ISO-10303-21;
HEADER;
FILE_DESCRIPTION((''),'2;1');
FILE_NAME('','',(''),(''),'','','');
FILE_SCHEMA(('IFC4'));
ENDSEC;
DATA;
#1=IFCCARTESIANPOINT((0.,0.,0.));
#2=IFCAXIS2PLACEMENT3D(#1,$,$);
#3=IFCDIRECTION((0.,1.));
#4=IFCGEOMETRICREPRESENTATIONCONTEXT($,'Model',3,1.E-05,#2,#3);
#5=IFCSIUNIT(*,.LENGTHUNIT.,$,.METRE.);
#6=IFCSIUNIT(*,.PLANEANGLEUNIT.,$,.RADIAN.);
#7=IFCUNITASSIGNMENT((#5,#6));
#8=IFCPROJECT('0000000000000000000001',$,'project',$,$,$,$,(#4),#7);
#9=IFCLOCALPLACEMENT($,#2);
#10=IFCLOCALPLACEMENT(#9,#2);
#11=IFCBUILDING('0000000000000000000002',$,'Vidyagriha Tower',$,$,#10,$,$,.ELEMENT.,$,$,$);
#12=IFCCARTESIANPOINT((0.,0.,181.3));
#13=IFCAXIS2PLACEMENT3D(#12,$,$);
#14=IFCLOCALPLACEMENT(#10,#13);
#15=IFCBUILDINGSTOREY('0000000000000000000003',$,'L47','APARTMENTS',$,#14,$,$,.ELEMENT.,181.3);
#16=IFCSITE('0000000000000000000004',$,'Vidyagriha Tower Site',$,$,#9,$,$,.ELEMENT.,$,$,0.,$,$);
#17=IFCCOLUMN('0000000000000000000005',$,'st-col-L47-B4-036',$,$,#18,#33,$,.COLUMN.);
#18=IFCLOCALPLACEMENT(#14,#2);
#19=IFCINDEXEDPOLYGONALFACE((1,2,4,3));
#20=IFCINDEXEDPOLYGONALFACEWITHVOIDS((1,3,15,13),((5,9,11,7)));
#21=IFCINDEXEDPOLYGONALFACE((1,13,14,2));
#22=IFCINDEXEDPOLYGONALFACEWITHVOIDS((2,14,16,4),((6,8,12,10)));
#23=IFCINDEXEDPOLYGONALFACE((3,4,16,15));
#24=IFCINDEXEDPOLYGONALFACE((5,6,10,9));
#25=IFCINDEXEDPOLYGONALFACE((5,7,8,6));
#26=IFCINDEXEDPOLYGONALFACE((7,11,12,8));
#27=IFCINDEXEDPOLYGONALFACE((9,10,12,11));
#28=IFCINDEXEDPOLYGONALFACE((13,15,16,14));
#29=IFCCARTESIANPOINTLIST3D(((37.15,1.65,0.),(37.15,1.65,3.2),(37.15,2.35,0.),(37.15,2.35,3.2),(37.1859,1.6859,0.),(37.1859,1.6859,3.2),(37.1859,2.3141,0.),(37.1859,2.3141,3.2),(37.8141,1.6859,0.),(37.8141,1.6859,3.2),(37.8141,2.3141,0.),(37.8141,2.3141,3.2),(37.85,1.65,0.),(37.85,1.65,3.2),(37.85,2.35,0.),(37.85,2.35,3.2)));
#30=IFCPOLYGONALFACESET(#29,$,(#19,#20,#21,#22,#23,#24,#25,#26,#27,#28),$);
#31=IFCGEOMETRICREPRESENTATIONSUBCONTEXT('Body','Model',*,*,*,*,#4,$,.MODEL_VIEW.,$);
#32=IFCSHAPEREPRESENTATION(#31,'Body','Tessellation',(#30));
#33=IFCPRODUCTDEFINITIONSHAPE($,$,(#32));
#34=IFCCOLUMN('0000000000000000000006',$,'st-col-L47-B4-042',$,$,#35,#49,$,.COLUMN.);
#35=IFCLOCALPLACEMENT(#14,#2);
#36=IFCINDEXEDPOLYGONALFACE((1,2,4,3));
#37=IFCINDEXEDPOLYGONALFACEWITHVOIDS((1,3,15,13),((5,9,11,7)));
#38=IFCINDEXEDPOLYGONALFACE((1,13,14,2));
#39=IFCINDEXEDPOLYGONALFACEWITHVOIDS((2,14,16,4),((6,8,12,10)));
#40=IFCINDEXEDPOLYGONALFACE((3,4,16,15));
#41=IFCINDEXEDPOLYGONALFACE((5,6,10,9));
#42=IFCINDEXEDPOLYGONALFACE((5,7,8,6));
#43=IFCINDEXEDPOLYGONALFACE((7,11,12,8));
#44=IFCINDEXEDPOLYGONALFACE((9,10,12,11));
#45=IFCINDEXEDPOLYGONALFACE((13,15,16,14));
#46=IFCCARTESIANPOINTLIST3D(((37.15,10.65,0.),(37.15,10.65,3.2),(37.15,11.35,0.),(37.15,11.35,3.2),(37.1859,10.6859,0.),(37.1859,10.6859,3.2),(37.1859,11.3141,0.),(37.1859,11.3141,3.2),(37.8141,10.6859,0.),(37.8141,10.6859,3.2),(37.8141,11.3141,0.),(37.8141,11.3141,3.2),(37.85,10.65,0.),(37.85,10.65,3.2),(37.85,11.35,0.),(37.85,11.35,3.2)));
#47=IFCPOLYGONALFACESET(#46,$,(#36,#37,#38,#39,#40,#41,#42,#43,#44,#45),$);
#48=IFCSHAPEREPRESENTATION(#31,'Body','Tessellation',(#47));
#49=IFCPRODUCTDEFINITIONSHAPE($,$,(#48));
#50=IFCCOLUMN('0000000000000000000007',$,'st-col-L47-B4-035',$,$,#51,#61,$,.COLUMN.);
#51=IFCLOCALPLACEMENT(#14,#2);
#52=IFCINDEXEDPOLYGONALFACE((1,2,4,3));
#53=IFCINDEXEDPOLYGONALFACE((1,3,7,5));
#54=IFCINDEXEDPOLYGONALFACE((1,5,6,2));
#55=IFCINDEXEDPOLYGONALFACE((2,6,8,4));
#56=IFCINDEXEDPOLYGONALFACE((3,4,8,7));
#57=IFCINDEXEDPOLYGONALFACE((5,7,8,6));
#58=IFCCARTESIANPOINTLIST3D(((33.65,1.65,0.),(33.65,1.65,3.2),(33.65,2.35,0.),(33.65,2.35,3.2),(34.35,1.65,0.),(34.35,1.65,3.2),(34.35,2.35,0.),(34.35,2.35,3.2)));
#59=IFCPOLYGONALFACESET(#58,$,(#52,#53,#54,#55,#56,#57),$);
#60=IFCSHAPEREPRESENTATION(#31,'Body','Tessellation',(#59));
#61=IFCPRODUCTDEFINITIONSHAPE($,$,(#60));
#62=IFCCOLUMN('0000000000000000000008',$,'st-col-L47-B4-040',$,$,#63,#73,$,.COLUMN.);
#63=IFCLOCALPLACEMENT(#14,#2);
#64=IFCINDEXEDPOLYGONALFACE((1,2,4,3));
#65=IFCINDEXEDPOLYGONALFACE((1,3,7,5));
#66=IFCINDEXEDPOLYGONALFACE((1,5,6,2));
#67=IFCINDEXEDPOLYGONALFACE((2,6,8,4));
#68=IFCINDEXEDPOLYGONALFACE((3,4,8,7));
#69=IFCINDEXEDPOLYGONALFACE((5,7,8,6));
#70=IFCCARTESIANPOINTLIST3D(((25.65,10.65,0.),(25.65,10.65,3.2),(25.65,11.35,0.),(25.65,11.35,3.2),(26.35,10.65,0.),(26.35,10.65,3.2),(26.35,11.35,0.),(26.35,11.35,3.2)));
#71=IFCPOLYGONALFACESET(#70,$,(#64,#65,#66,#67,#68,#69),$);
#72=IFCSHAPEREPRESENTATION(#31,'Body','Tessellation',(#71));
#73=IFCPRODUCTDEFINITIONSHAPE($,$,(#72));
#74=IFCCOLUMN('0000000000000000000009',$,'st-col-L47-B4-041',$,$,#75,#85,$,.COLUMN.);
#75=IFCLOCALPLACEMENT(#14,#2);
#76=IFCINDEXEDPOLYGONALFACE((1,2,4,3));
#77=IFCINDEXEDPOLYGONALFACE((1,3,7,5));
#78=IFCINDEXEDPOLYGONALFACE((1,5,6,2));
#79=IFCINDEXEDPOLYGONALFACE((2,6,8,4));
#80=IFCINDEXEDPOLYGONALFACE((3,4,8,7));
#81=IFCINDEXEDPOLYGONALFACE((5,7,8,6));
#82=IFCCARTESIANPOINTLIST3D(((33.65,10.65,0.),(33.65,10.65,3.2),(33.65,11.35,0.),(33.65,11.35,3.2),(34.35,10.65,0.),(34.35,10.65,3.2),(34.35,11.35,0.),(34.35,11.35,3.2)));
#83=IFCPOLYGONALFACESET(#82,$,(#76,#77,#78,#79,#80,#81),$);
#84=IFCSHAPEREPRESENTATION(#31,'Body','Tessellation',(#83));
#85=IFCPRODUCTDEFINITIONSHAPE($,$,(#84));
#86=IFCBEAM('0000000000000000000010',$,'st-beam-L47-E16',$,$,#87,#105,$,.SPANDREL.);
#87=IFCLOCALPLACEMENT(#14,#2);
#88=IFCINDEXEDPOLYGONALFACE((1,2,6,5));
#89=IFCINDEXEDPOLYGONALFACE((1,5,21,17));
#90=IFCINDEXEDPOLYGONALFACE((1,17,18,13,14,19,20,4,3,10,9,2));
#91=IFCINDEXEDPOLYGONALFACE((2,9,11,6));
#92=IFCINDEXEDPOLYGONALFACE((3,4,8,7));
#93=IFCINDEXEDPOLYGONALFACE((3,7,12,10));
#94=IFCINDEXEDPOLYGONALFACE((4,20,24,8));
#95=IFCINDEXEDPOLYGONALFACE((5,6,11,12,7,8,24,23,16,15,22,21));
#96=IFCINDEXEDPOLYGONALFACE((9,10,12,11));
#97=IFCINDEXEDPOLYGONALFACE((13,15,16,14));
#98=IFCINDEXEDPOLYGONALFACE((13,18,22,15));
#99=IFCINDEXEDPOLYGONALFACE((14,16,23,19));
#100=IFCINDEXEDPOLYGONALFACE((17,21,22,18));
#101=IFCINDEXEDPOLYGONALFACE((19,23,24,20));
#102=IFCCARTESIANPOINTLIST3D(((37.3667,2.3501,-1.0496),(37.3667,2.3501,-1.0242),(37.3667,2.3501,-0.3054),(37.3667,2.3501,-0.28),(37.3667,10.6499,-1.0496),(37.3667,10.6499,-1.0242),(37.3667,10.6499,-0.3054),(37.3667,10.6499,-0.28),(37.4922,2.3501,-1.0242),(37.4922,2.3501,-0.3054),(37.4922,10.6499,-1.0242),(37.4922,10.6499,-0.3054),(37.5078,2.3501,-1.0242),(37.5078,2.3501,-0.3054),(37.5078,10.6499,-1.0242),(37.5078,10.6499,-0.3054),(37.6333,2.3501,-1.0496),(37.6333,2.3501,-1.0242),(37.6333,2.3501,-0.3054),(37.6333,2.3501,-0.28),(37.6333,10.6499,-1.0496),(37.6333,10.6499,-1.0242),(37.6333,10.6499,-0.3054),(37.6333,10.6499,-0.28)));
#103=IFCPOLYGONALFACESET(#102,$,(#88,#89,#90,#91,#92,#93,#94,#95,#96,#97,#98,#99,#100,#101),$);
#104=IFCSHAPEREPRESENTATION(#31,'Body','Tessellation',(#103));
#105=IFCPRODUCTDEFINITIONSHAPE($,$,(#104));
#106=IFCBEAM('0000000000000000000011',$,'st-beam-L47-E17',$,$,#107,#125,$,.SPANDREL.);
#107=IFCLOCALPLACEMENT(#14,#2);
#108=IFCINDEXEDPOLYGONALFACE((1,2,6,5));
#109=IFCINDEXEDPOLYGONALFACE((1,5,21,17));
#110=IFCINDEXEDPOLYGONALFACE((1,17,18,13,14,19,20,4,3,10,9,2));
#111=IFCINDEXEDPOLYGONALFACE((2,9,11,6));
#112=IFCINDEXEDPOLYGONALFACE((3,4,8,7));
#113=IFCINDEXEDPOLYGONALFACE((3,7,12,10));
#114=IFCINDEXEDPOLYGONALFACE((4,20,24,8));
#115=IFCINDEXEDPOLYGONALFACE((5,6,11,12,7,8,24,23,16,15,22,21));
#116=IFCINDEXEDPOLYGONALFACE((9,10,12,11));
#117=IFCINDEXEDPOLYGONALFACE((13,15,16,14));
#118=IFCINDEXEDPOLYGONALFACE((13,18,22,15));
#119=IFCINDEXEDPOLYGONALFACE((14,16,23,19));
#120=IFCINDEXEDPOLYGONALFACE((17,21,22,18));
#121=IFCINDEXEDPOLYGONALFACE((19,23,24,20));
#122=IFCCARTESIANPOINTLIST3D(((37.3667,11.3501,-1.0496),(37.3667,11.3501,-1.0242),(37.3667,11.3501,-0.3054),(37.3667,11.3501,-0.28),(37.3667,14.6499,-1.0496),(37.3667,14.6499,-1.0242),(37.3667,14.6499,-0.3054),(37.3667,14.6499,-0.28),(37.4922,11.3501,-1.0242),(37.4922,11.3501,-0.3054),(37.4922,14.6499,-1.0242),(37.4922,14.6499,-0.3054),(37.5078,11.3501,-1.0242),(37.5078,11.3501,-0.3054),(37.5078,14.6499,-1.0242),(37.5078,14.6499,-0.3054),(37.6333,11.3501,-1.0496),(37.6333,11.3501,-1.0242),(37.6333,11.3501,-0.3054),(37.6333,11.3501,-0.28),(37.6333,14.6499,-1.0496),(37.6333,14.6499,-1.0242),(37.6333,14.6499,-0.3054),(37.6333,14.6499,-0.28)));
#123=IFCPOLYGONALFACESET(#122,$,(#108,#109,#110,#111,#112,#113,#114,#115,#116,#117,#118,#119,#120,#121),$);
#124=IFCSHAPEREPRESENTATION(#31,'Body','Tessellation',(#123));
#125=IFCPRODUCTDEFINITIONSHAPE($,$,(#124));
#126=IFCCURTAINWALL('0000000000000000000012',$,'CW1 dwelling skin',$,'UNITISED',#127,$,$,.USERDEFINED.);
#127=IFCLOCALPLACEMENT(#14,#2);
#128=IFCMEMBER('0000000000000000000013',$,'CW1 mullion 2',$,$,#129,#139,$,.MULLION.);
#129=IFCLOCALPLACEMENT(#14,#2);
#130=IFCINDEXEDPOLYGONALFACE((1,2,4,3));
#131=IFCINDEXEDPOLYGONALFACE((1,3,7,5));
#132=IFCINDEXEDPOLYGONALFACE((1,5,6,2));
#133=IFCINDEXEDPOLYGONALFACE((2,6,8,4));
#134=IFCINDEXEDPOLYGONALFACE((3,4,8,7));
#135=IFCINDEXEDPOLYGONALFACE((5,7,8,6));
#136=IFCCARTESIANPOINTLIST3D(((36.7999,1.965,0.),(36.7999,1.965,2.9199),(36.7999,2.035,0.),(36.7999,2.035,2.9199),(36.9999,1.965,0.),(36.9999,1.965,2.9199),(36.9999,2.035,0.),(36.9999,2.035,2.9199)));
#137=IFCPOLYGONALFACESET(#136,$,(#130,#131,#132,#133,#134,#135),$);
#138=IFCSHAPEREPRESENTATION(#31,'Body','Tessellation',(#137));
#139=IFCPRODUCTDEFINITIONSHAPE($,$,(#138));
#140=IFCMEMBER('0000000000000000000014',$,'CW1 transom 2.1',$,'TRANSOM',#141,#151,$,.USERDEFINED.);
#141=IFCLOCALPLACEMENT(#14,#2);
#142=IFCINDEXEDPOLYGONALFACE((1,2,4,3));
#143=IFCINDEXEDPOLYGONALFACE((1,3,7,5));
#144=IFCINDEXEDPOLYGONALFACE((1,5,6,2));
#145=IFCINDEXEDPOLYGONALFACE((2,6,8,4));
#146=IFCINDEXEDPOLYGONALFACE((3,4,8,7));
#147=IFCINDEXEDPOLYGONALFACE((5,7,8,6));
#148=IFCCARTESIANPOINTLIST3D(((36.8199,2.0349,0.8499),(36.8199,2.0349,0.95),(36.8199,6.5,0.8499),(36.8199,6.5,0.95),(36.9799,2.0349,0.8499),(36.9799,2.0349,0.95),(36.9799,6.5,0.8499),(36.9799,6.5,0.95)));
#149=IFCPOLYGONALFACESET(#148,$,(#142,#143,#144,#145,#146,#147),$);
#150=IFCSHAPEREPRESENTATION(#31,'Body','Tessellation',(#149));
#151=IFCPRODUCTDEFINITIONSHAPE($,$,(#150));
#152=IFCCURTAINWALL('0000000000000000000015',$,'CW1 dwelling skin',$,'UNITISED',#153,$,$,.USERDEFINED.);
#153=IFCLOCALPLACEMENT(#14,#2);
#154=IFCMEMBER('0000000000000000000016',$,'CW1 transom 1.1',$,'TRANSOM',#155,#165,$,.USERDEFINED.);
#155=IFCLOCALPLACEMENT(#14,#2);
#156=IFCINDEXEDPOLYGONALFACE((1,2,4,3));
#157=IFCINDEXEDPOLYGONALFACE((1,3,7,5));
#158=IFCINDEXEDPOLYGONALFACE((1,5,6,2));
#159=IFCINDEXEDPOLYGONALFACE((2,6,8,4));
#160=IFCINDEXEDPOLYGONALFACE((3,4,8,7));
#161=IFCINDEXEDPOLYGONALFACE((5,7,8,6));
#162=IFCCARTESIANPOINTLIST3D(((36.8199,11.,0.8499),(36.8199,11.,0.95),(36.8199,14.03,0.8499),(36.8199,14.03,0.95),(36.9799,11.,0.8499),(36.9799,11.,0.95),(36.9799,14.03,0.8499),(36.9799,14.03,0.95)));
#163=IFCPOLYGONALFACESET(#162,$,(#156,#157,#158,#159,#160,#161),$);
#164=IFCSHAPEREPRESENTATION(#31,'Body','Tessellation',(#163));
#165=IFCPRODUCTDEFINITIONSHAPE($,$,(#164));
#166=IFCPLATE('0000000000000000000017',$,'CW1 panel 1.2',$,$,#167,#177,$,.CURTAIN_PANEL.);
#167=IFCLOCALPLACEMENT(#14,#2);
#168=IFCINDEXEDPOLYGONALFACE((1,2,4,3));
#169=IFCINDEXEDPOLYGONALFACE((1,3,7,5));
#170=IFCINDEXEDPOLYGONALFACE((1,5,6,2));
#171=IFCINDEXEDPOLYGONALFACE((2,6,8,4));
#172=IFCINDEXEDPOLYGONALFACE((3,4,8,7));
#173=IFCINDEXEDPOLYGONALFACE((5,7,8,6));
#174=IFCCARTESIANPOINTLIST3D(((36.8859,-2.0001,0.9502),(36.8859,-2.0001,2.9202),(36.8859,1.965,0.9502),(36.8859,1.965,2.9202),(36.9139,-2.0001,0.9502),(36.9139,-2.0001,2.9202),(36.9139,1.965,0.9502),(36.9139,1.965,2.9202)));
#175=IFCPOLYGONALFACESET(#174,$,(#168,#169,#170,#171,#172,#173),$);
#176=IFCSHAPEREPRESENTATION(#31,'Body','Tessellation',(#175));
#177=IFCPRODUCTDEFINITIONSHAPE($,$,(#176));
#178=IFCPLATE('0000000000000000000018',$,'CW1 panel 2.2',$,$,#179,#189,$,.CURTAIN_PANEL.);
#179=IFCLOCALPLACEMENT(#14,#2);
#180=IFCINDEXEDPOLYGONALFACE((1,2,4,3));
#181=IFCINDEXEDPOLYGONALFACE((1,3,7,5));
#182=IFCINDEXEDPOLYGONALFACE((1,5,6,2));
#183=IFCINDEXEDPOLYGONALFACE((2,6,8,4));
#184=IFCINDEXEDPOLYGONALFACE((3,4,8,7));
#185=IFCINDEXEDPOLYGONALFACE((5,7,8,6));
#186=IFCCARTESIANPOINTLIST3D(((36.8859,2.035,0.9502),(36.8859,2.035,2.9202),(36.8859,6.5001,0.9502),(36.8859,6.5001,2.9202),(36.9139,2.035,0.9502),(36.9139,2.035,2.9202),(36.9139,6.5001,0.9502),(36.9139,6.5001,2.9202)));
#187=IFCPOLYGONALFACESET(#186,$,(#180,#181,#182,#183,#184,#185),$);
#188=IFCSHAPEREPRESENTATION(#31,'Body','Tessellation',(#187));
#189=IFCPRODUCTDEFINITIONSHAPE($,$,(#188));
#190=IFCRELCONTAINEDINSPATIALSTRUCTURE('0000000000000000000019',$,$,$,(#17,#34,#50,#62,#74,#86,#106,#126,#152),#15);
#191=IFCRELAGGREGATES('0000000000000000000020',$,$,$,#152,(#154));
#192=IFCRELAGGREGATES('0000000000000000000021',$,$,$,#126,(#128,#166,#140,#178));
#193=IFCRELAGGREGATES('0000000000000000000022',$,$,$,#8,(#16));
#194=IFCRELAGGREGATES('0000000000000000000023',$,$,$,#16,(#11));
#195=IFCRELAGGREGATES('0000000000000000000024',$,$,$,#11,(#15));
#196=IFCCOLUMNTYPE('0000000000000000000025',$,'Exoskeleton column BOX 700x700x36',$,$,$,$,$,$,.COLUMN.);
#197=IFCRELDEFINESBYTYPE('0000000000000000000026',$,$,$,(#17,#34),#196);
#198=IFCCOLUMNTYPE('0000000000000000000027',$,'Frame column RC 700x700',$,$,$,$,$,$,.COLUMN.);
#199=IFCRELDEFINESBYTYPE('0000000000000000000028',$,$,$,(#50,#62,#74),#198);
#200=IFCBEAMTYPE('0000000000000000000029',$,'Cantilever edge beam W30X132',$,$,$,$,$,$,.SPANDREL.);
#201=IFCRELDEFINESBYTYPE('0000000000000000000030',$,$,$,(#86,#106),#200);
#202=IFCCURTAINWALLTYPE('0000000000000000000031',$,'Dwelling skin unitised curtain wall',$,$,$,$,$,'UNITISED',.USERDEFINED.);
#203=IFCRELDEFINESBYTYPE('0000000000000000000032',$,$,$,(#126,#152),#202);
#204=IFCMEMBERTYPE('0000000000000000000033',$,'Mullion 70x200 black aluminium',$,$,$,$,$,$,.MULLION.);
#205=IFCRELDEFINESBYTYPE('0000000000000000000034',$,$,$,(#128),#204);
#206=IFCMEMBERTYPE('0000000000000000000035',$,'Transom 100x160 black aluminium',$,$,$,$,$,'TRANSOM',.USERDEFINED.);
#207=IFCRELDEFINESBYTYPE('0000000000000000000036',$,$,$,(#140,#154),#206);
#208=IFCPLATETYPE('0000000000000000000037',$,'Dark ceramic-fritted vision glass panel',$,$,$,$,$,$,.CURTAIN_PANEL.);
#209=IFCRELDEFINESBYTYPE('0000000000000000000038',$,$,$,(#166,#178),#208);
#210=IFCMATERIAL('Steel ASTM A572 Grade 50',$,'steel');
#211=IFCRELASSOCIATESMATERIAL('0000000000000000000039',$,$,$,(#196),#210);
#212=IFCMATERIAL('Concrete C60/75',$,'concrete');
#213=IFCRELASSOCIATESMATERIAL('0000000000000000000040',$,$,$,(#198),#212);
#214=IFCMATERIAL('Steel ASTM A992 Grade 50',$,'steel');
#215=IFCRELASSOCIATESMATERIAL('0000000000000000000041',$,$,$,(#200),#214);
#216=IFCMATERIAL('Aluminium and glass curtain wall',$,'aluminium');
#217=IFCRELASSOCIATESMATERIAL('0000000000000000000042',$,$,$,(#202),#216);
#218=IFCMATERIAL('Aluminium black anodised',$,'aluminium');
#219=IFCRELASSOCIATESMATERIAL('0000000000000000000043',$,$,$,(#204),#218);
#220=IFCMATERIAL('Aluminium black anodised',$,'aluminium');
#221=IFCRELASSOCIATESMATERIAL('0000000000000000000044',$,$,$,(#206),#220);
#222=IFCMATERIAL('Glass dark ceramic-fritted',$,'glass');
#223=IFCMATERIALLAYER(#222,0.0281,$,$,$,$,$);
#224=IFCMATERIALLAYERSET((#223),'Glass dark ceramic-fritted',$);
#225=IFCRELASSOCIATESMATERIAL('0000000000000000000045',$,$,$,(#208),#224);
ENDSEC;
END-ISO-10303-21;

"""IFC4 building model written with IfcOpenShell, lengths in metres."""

from ifc_helpers import new_model, si_unit, direction, frame, origin, origin_2d, place, context, subcontext, project, spatial, rectangle, hollow_rectangle, i_section, extrude, material, layer, layer_set, material_profile, profile_set, type_object, element, aggregate, save


model = new_model("IFC4")

# Units and contexts
model_context = context("Model", 3, precision=1e-05, world=origin(), true_north=direction((0.0, 1.0)))
body_context = subcontext(model_context, "Body", "Model", "MODEL_VIEW")
ifc_project = project(units=[si_unit("LENGTHUNIT", "METRE"), si_unit("PLANEANGLEUNIT", "RADIAN")], contexts=[model_context])

# Site, building, storey
site_placement = place(None, origin())
site = spatial("IfcSite", under=ifc_project, at=site_placement, Name="Vidyagriha Tower Site", CompositionType="ELEMENT", RefElevation=0.0)
building_placement = place(site_placement, origin())
building = spatial("IfcBuilding", under=site, at=building_placement, Name="Vidyagriha Tower", CompositionType="ELEMENT")
storey_placement = place(building_placement, frame((0.0, 0.0, 181.3)))
storey = spatial("IfcBuildingStorey", under=building, at=storey_placement, Name="L47", Description="APARTMENTS", CompositionType="ELEMENT", Elevation=181.3)

# Columns
ifc_material_1 = material(Name="Steel ASTM A572 Grade 50", Category="steel")
ifc_material_profile_1 = material_profile(ifc_material_1, hollow_rectangle(XDim=0.7, YDim=0.7, WallThickness=0.0359, at=origin_2d()), Name="BOX 700x700x36")
ifc_profile_set_1 = profile_set([ifc_material_profile_1], Name="Steel ASTM A572 Grade 50")
column_type_1 = type_object("IfcColumnType", Name="Exoskeleton column BOX 700x700x36", PredefinedType="COLUMN", material=ifc_profile_set_1)
for number, where, name in (
    (1, (37.5, 2.0, 0.0), "st-col-L47-B4-036"),
    (2, (37.5, 11.0, 0.0), "st-col-L47-B4-042"),
):
    element("IfcColumn", number, at=place(storey_placement, frame(where)), inside=storey, type_object=column_type_1, Name=name, PredefinedType="COLUMN", context=body_context, shape_type="SweptSolid", body=[
        extrude(hollow_rectangle(XDim=0.7, YDim=0.7, WallThickness=0.0359, at=origin_2d()), origin(), (0.0, 0.0, 1.0), 3.2),
    ])
ifc_material_2 = material(Name="Concrete C60/75", Category="concrete")
ifc_material_profile_2 = material_profile(ifc_material_2, rectangle(XDim=0.7, YDim=0.7, at=origin_2d()), Name="RC 700x700")
ifc_profile_set_2 = profile_set([ifc_material_profile_2], Name="Concrete C60/75")
column_type_2 = type_object("IfcColumnType", Name="Frame column RC 700x700", PredefinedType="COLUMN", material=ifc_profile_set_2)
for number, where, name in (
    (3, (34.0, 2.0, 0.0), "st-col-L47-B4-035"),
    (4, (26.0, 11.0, 0.0), "st-col-L47-B4-040"),
    (5, (34.0, 11.0, 0.0), "st-col-L47-B4-041"),
):
    element("IfcColumn", number, at=place(storey_placement, frame(where)), inside=storey, type_object=column_type_2, Name=name, PredefinedType="COLUMN", context=body_context, shape_type="SweptSolid", body=[
        extrude(rectangle(XDim=0.7, YDim=0.7, at=origin_2d()), origin(), (0.0, 0.0, 1.0), 3.2),
    ])

# Beams
ifc_material_3 = material(Name="Steel ASTM A992 Grade 50", Category="steel")
ifc_material_profile_3 = material_profile(ifc_material_3, i_section(OverallWidth=0.2666, OverallDepth=0.7695, WebThickness=0.0156, FlangeThickness=0.0254, at=origin_2d()), Name="W30X132")
ifc_profile_set_3 = profile_set([ifc_material_profile_3], Name="Steel ASTM A992 Grade 50")
beam_type = type_object("IfcBeamType", Name="Cantilever edge beam W30X132", PredefinedType="SPANDREL", material=ifc_profile_set_3)
beam_1_placement = place(storey_placement, frame((37.5, 2.3501, -0.6648), z_axis=(0.0, 1.0, 0.0), x_axis=(-1.0, 0.0, 0.0)))
element("IfcBeam", 6, at=beam_1_placement, inside=storey, type_object=beam_type, Name="st-beam-L47-E16", PredefinedType="SPANDREL", context=body_context, shape_type="SweptSolid", body=[
    extrude(i_section(OverallWidth=0.2666, OverallDepth=0.7695, WebThickness=0.0156, FlangeThickness=0.0254, at=origin_2d()), origin(), (0.0, 0.0, 1.0), 8.2998),
])
beam_2_placement = place(storey_placement, frame((37.5, 11.3501, -0.6648), z_axis=(0.0, 1.0, 0.0), x_axis=(-1.0, 0.0, 0.0)))
element("IfcBeam", 7, at=beam_2_placement, inside=storey, type_object=beam_type, Name="st-beam-L47-E17", PredefinedType="SPANDREL", context=body_context, shape_type="SweptSolid", body=[
    extrude(i_section(OverallWidth=0.2666, OverallDepth=0.7695, WebThickness=0.0156, FlangeThickness=0.0254, at=origin_2d()), origin(), (0.0, 0.0, 1.0), 3.2998),
])

# Curtain wall, members
ifc_material_4 = material(Name="Aluminium and glass curtain wall", Category="aluminium")
curtain_wall_type = type_object("IfcCurtainWallType", Name="Dwelling skin unitised curtain wall", ElementType="UNITISED", PredefinedType="USERDEFINED", material=ifc_material_4)
curtain_wall_1_placement = place(storey_placement, origin())
curtain_wall_1 = element("IfcCurtainWall", 8, at=curtain_wall_1_placement, inside=storey, type_object=curtain_wall_type, Name="CW1 dwelling skin", ObjectType="UNITISED", PredefinedType="USERDEFINED")
ifc_material_5 = material(Name="Aluminium black anodised", Category="aluminium")
ifc_material_profile_4 = material_profile(ifc_material_5, rectangle(XDim=0.2, YDim=0.0701, at=origin_2d()), Name="Mullion 70x200 black aluminium")
ifc_profile_set_4 = profile_set([ifc_material_profile_4], Name="Aluminium black anodised")
member_type_1 = type_object("IfcMemberType", Name="Mullion 70x200 black aluminium", PredefinedType="MULLION", material=ifc_profile_set_4)
member_1_placement = place(storey_placement, frame((36.8999, 2.0, 0.0), z_axis=(0.0, 0.0, 1.0), x_axis=(-1.0, 0.0, 0.0)))
member_1 = element("IfcMember", 9, at=member_1_placement, type_object=member_type_1, Name="CW1 mullion 2", PredefinedType="MULLION", context=body_context, shape_type="SweptSolid", body=[
    extrude(rectangle(XDim=0.2, YDim=0.0701, at=origin_2d()), origin(), (0.0, 0.0, 1.0), 2.9199),
])
ifc_material_6 = material(Name="Aluminium black anodised", Category="aluminium")
ifc_material_profile_5 = material_profile(ifc_material_6, rectangle(XDim=0.1599, YDim=0.1001, at=origin_2d()), Name="Transom 100x160 black aluminium")
ifc_profile_set_5 = profile_set([ifc_material_profile_5], Name="Aluminium black anodised")
member_type_2 = type_object("IfcMemberType", Name="Transom 100x160 black aluminium", ElementType="TRANSOM", PredefinedType="USERDEFINED", material=ifc_profile_set_5)
member_2_placement = place(storey_placement, frame((36.8999, 2.0349, 0.8999), z_axis=(0.0, 1.0, 0.0), x_axis=(-1.0, 0.0, 0.0)))
member_2 = element("IfcMember", 10, at=member_2_placement, type_object=member_type_2, Name="CW1 transom 2.1", ObjectType="TRANSOM", PredefinedType="USERDEFINED", context=body_context, shape_type="SweptSolid", body=[
    extrude(rectangle(XDim=0.1599, YDim=0.1001, at=origin_2d()), origin(), (0.0, 0.0, 1.0), 4.4651),
])

# Curtain wall, member
curtain_wall_2_placement = place(storey_placement, origin())
curtain_wall_2 = element("IfcCurtainWall", 11, at=curtain_wall_2_placement, inside=storey, type_object=curtain_wall_type, Name="CW1 dwelling skin", ObjectType="UNITISED", PredefinedType="USERDEFINED")
member_3_placement = place(storey_placement, frame((36.8999, 11.0, 0.8999), z_axis=(0.0, 1.0, 0.0), x_axis=(-1.0, 0.0, 0.0)))
member_3 = element("IfcMember", 12, at=member_3_placement, type_object=member_type_2, Name="CW1 transom 1.1", ObjectType="TRANSOM", PredefinedType="USERDEFINED", context=body_context, shape_type="SweptSolid", body=[
    extrude(rectangle(XDim=0.1599, YDim=0.1001, at=origin_2d()), origin(), (0.0, 0.0, 1.0), 3.03),
])
aggregate(curtain_wall_2, [member_3])

# Plates
ifc_material_7 = material(Name="Glass dark ceramic-fritted", Category="glass")
ifc_layer_1 = layer(ifc_material_7, 0.0281)
ifc_layer_set_1 = layer_set([ifc_layer_1], Name="Glass dark ceramic-fritted")
plate_type_1 = type_object("IfcPlateType", Name="Dark ceramic-fritted vision glass panel", PredefinedType="CURTAIN_PANEL", material=ifc_layer_set_1)
plate_1_placement = place(storey_placement, frame((36.8999, -0.0176, 0.9502), z_axis=(0.0, 0.0, 1.0), x_axis=(0.0, 1.0, 0.0)))
plate_1 = element("IfcPlate", 13, at=plate_1_placement, type_object=plate_type_1, Name="CW1 panel 1.2", PredefinedType="CURTAIN_PANEL", context=body_context, shape_type="SweptSolid", body=[
    extrude(rectangle(XDim=3.9651, YDim=0.0281, at=origin_2d()), origin(), (0.0, 0.0, 1.0), 1.97),
])
plate_2_placement = place(storey_placement, frame((36.8999, 4.2676, 0.9502), z_axis=(0.0, 0.0, 1.0), x_axis=(0.0, 1.0, 0.0)))
plate_2 = element("IfcPlate", 14, at=plate_2_placement, type_object=plate_type_1, Name="CW1 panel 2.2", PredefinedType="CURTAIN_PANEL", context=body_context, shape_type="SweptSolid", body=[
    extrude(rectangle(XDim=4.4651, YDim=0.0281, at=origin_2d()), origin(), (0.0, 0.0, 1.0), 1.97),
])
aggregate(curtain_wall_1, [member_1, plate_1, member_2, plate_2])

save(model, "model.ifc")
